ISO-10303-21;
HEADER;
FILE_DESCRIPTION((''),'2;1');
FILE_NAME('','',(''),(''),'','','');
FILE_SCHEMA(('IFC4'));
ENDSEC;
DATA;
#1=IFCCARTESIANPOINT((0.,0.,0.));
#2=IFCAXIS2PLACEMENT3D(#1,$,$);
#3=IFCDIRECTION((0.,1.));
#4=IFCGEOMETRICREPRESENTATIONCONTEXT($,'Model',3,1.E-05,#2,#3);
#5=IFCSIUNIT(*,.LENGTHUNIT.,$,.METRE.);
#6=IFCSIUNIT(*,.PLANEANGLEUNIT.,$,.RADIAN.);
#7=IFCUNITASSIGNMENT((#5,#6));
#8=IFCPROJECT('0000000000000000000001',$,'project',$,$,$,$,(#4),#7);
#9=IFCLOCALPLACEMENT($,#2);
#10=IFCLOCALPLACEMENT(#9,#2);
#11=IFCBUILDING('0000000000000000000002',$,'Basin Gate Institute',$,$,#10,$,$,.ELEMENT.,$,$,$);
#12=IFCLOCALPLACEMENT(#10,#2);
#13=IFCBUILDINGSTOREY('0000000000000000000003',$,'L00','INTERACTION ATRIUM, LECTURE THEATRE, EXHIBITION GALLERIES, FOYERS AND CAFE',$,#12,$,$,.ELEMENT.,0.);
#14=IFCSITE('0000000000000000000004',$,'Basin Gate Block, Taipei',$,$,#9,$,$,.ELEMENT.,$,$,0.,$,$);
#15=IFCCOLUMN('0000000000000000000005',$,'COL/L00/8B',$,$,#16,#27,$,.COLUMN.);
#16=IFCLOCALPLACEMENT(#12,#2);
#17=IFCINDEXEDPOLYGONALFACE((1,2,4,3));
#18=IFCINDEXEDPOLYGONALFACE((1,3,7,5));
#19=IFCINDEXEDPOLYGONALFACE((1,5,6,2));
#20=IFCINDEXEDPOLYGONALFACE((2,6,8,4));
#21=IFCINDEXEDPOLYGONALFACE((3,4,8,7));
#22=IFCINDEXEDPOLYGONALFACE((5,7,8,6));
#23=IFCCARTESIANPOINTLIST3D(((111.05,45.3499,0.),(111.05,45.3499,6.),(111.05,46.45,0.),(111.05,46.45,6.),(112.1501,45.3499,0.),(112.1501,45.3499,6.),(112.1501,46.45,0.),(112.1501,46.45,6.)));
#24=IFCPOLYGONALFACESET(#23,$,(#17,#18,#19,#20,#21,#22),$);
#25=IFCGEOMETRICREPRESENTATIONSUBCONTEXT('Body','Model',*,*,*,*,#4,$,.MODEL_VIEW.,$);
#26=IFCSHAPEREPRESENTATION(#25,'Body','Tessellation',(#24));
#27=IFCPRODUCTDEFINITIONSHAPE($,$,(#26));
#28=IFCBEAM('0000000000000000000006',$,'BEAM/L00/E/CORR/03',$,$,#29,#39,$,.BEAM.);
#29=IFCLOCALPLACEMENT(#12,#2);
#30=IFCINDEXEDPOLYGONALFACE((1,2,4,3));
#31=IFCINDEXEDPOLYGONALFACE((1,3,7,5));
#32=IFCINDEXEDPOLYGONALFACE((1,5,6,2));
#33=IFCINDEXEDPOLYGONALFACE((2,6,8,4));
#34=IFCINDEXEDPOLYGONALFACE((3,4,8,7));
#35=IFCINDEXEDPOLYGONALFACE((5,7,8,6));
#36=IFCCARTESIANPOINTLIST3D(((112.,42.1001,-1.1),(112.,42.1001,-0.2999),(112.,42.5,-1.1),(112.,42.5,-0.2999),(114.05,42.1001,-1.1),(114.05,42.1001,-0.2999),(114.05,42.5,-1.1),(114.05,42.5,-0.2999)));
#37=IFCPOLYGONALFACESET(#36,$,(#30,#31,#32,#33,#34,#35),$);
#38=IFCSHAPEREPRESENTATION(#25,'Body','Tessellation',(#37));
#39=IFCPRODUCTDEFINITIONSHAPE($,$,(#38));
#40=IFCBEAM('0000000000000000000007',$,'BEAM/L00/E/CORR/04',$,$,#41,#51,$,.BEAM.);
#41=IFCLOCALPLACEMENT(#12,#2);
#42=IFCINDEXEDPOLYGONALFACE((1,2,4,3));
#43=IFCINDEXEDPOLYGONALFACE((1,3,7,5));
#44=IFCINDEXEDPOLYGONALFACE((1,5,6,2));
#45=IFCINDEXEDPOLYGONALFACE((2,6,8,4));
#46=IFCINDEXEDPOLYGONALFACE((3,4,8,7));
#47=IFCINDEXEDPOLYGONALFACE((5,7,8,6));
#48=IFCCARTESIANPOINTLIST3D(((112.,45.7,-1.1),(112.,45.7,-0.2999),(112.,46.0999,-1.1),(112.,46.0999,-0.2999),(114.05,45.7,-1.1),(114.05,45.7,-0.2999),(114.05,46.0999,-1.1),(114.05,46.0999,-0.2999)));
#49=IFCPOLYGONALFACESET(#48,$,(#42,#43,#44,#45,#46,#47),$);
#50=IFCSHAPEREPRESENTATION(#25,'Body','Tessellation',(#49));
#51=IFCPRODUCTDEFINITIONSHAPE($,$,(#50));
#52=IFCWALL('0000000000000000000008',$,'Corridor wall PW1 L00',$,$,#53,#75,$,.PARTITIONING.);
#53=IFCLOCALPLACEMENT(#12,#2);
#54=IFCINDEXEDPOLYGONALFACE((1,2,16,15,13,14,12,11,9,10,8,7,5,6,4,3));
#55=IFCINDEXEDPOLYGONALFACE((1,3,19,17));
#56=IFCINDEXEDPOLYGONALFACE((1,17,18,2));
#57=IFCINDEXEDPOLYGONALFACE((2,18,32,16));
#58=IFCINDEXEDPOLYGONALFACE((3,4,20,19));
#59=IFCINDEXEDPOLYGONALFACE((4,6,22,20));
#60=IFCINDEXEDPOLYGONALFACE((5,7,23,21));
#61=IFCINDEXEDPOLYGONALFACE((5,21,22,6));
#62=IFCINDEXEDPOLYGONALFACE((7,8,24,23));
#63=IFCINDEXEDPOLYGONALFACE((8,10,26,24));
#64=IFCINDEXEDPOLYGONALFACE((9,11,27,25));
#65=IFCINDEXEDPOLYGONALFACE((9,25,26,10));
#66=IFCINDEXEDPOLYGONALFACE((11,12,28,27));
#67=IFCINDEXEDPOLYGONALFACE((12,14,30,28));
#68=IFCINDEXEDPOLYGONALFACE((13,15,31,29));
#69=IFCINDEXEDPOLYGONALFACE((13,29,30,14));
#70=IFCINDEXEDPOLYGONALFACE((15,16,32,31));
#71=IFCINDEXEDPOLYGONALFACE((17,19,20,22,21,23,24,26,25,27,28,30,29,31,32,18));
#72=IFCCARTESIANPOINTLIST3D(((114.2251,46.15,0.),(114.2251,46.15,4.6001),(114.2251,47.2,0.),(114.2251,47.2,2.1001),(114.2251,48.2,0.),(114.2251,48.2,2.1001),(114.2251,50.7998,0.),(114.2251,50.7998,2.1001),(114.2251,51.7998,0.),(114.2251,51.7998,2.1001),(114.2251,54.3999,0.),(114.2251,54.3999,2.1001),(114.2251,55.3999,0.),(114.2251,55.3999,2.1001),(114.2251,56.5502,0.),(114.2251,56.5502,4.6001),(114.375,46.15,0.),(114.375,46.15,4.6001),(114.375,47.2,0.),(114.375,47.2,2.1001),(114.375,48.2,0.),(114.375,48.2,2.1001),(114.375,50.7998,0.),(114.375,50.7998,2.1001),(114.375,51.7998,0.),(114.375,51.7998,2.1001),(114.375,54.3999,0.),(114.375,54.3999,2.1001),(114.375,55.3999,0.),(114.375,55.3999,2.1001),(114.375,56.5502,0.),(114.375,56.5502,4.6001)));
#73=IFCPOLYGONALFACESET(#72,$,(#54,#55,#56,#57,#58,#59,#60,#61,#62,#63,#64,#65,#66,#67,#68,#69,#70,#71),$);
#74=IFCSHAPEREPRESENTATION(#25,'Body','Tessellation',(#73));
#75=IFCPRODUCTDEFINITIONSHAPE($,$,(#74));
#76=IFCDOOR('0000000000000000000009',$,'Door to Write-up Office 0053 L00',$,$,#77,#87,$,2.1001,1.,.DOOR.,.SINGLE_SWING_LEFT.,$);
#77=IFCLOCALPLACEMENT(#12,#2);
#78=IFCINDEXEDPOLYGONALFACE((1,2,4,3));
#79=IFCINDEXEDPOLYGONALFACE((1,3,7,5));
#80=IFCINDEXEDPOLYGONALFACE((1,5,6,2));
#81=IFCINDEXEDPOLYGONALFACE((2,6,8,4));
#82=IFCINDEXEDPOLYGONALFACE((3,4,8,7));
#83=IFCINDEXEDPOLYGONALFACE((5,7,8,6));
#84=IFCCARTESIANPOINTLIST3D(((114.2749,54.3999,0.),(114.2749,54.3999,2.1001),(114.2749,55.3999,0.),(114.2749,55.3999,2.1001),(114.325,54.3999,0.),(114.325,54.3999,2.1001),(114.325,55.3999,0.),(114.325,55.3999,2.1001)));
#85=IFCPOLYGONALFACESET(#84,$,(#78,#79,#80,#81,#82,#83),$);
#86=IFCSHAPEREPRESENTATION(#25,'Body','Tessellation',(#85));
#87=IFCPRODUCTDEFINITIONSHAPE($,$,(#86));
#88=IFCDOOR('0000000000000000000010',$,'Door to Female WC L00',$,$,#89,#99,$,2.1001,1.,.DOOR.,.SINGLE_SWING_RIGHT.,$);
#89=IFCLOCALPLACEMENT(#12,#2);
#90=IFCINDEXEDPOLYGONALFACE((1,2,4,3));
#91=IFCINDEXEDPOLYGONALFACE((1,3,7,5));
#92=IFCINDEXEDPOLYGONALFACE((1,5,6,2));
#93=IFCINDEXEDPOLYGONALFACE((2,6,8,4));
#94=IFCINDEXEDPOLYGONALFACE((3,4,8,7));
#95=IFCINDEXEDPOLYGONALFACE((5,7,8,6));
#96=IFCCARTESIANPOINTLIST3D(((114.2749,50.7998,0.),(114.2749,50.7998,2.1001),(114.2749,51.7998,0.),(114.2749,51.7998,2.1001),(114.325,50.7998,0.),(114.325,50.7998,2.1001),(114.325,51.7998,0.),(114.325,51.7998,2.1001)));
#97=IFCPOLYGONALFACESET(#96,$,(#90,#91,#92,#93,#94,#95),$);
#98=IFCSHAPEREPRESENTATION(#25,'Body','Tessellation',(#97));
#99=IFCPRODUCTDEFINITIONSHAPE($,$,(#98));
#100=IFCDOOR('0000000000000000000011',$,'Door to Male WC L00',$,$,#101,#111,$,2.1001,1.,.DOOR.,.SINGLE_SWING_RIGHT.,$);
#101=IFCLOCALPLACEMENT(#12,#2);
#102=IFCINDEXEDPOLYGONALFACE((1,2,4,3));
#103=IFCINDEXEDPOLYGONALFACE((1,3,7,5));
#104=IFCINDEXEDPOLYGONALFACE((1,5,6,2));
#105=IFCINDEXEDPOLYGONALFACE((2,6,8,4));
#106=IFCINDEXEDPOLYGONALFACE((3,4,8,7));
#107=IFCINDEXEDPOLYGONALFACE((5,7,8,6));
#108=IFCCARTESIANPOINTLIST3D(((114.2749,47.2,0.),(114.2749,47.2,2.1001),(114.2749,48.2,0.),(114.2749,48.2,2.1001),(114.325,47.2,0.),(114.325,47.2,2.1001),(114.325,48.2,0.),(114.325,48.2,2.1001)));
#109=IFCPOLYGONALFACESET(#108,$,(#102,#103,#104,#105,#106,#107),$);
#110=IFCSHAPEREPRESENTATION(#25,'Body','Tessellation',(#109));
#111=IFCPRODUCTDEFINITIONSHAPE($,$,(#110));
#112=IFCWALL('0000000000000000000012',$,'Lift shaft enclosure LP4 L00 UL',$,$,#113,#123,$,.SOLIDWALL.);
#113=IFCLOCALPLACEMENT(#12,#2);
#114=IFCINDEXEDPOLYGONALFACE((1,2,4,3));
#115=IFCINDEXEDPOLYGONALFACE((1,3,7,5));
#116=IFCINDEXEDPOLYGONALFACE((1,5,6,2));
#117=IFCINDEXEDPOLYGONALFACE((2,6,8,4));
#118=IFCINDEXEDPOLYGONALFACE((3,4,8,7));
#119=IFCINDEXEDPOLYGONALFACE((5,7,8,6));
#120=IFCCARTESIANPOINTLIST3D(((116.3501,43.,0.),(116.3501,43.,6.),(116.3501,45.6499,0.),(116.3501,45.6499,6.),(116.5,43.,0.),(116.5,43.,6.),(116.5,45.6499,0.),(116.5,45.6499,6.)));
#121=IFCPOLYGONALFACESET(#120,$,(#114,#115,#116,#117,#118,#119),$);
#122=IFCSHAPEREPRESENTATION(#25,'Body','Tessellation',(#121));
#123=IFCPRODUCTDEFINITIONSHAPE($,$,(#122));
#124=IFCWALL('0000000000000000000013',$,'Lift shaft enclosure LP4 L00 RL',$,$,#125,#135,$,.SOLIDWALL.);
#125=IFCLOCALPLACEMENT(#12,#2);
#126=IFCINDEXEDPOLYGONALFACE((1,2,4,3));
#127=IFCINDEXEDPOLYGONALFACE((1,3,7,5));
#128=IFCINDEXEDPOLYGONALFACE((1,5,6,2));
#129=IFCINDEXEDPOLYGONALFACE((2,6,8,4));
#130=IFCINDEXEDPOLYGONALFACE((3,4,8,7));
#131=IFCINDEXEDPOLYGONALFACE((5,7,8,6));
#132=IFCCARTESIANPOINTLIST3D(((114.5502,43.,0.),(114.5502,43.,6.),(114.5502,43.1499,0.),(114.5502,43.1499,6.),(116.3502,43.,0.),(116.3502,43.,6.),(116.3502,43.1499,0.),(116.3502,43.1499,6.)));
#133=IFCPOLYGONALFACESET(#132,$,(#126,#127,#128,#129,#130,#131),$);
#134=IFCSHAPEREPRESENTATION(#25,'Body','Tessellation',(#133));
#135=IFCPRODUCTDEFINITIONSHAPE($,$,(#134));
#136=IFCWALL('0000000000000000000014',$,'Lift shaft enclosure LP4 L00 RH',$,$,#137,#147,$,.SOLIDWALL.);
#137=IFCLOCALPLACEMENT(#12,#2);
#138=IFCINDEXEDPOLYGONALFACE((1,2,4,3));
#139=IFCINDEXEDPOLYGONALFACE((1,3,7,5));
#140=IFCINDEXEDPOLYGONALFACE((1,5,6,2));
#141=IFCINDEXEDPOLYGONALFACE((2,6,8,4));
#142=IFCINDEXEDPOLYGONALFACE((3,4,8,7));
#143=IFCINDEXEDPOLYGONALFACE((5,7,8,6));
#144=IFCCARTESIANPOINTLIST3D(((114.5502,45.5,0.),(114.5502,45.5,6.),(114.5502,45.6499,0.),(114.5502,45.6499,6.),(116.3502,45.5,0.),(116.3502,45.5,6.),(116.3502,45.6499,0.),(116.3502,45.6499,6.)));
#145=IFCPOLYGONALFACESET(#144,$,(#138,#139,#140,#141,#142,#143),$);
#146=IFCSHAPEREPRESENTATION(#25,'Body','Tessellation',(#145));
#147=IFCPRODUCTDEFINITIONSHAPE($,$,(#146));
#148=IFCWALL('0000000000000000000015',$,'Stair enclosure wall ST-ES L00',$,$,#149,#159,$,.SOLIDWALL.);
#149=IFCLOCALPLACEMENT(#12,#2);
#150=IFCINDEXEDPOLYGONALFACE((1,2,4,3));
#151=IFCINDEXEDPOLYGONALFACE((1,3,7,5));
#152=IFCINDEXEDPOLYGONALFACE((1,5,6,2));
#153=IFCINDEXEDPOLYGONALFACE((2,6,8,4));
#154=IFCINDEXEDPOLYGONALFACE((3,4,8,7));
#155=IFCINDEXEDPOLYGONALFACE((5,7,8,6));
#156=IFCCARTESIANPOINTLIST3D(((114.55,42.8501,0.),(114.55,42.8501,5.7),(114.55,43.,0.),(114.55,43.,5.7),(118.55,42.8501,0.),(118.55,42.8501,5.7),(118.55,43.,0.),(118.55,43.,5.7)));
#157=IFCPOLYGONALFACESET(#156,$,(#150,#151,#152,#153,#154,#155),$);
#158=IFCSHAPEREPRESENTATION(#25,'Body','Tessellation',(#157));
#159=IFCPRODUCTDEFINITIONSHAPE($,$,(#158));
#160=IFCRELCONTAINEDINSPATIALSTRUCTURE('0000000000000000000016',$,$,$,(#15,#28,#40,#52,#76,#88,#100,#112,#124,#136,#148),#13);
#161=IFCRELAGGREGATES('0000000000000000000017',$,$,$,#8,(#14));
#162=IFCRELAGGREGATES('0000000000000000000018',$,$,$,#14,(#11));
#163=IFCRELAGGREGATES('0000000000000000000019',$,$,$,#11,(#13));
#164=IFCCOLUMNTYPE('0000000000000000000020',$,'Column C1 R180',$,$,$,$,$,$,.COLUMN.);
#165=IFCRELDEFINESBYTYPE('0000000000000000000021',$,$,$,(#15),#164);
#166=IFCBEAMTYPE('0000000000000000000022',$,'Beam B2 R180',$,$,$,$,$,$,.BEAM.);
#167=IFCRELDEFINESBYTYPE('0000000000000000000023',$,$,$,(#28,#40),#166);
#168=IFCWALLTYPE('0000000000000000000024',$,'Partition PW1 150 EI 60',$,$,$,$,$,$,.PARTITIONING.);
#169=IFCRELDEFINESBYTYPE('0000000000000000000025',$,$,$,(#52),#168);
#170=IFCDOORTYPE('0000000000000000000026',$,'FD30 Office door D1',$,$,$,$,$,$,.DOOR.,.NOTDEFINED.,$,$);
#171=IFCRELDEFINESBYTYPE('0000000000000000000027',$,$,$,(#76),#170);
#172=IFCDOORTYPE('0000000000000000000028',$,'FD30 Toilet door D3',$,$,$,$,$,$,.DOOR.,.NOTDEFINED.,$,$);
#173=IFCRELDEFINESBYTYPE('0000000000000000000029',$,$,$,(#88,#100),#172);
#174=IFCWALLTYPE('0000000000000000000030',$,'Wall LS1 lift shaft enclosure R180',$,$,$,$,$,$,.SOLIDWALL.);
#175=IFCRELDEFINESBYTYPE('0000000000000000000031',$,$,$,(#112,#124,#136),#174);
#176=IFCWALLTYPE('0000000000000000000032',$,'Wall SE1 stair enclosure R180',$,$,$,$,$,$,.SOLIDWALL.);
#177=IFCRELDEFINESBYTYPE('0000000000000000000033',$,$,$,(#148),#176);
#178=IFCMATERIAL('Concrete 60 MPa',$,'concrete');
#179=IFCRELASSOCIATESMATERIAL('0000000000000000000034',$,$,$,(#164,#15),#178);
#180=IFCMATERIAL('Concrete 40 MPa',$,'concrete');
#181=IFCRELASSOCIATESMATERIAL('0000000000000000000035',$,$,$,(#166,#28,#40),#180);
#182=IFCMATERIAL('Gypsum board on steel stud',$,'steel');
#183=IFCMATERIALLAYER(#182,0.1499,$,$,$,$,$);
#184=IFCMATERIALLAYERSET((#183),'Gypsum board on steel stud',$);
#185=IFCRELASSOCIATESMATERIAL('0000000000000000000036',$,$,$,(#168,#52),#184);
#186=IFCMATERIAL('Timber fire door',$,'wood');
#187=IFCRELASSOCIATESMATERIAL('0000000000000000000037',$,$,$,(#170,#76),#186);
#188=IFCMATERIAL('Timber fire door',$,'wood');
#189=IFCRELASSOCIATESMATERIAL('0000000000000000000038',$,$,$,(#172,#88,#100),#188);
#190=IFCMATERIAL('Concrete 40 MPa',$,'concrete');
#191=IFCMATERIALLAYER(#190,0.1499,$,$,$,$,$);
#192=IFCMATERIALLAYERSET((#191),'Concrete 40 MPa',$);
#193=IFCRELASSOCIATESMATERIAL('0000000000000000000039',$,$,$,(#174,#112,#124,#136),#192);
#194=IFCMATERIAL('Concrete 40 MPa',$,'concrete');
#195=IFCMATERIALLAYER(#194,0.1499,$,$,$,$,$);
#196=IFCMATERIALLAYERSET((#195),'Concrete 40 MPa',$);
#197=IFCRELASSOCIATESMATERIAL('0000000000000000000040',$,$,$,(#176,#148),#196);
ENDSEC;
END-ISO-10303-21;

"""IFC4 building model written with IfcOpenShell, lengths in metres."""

from ifc_helpers import new_model, si_unit, direction, frame, frame_2d, origin, origin_2d, place, context, subcontext, project, spatial, rectangle, extrude, material, layer, layer_set, material_profile, profile_set, type_object, element, fill, save


model = new_model("IFC4")

# Units and contexts
model_context = context("Model", 3, precision=1e-05, world=origin(), true_north=direction((0.0, 1.0)))
body_context = subcontext(model_context, "Body", "Model", "MODEL_VIEW")
ifc_project = project(units=[si_unit("LENGTHUNIT", "METRE"), si_unit("PLANEANGLEUNIT", "RADIAN")], contexts=[model_context])

# Site, building, storey
site_placement = place(None, origin())
site = spatial("IfcSite", under=ifc_project, at=site_placement, Name="Basin Gate Block, Taipei", CompositionType="ELEMENT", RefElevation=0.0)
building_placement = place(site_placement, origin())
building = spatial("IfcBuilding", under=site, at=building_placement, Name="Basin Gate Institute", CompositionType="ELEMENT")
storey_placement = place(building_placement, origin())
storey = spatial("IfcBuildingStorey", under=building, at=storey_placement, Name="L00", Description="INTERACTION ATRIUM, LECTURE THEATRE, EXHIBITION GALLERIES, FOYERS AND CAFE", CompositionType="ELEMENT", Elevation=0.0)

# Column
ifc_material_1 = material(Name="Concrete 60 MPa", Category="concrete")
ifc_material_profile_1 = material_profile(ifc_material_1, rectangle(XDim=1.1001, YDim=1.1001, at=origin_2d()), Name="Column C1 1100 x 1100")
ifc_profile_set_1 = profile_set([ifc_material_profile_1], Name="Concrete 60 MPa")
column_type = type_object("IfcColumnType", Name="Column C1 R180", PredefinedType="COLUMN", material=ifc_profile_set_1)
column_placement = place(storey_placement, frame((111.6001, 45.8999, 0.0), z_axis=(0.0, 0.0, 1.0), x_axis=(1.0, 0.0, 0.0)))
element("IfcColumn", 1, at=column_placement, inside=storey, type_object=column_type, material=ifc_profile_set_1, Name="COL/L00/8B", PredefinedType="COLUMN", context=body_context, shape_type="SweptSolid", body=[
    extrude(rectangle(XDim=1.1001, YDim=1.1001, at=origin_2d()), origin(), (0.0, 0.0, 1.0), 6.0),
])

# Beams
ifc_material_2 = material(Name="Concrete 40 MPa", Category="concrete")
ifc_material_profile_2 = material_profile(ifc_material_2, rectangle(XDim=0.3999, YDim=0.8, at=origin_2d()), Name="Beam B2 400 x 800")
ifc_profile_set_2 = profile_set([ifc_material_profile_2], Name="Concrete 40 MPa")
beam_type = type_object("IfcBeamType", Name="Beam B2 R180", PredefinedType="BEAM", material=ifc_profile_set_2)
for number, where, z_axis, x_axis, name in (
    (2, (114.05, 42.3, -0.7), (-1.0, 0.0, 0.0), (0.0, -1.0, 0.0), "BEAM/L00/E/CORR/03"),
    (3, (114.05, 45.8999, -0.7), (-1.0, 0.0, 0.0), (0.0, -1.0, 0.0), "BEAM/L00/E/CORR/04"),
):
    element("IfcBeam", number, at=place(storey_placement, frame(where, z_axis=z_axis, x_axis=x_axis)), inside=storey, type_object=beam_type, material=ifc_profile_set_2, Name=name, PredefinedType="BEAM", context=body_context, shape_type="SweptSolid", body=[
        extrude(rectangle(XDim=0.3999, YDim=0.8, at=origin_2d()), origin(), (0.0, 0.0, 1.0), 2.05),
    ])

# Wall, openings, doors
ifc_material_3 = material(Name="Gypsum board on steel stud", Category="steel")
ifc_layer_1 = layer(ifc_material_3, 0.1499)
ifc_layer_set_1 = layer_set([ifc_layer_1], Name="Gypsum board on steel stud")
wall_type_1 = type_object("IfcWallType", Name="Partition PW1 150 EI 60", PredefinedType="PARTITIONING", material=ifc_layer_set_1)
wall_1_placement = place(storey_placement, frame((114.3, 46.1499, 0.0), z_axis=(0.0, 0.0, 1.0), x_axis=(0.0, 1.0, 0.0)))
wall_1 = element("IfcWall", 4, at=wall_1_placement, inside=storey, type_object=wall_type_1, material=ifc_layer_set_1, Name="Corridor wall PW1 L00", PredefinedType="PARTITIONING", context=body_context, shape_type="SweptSolid", body=[
    extrude(rectangle(XDim=10.4001, YDim=0.1499, at=frame_2d((5.2002, 0.0))), origin(), (0.0, 0.0, 1.0), 4.6001),
])
opening_1_placement = place(wall_1_placement, frame((4.6499, 0.0, 0.0)))
opening_1 = element("IfcOpeningElement", 5, at=opening_1_placement, cuts=wall_1, PredefinedType="OPENING", context=body_context, shape_type="SweptSolid", body=[
    extrude(rectangle(XDim=1.0, YDim=2.1001, at=frame_2d((0.5, 1.05))), frame((0.0, 0.085, 0.0), z_axis=(0.0, -1.0, 0.0), x_axis=(1.0, 0.0, 0.0)), (0.0, 0.0, 1.0), 0.1699),
])
opening_2_placement = place(wall_1_placement, frame((1.05, 0.0, 0.0)))
opening_2 = element("IfcOpeningElement", 6, at=opening_2_placement, cuts=wall_1, PredefinedType="OPENING", context=body_context, shape_type="SweptSolid", body=[
    extrude(rectangle(XDim=1.0, YDim=2.1001, at=frame_2d((0.5, 1.05))), frame((0.0, 0.085, 0.0), z_axis=(0.0, -1.0, 0.0), x_axis=(1.0, 0.0, 0.0)), (0.0, 0.0, 1.0), 0.1699),
])
opening_3_placement = place(wall_1_placement, frame((8.25, 0.0, 0.0)))
opening_3 = element("IfcOpeningElement", 7, at=opening_3_placement, cuts=wall_1, PredefinedType="OPENING", context=body_context, shape_type="SweptSolid", body=[
    extrude(rectangle(XDim=1.0, YDim=2.1001, at=frame_2d((0.5, 1.05))), frame((0.0, 0.085, 0.0), z_axis=(0.0, -1.0, 0.0), x_axis=(1.0, 0.0, 0.0)), (0.0, 0.0, 1.0), 0.1699),
])
ifc_material_4 = material(Name="Timber fire door", Category="wood")
door_type_1 = type_object("IfcDoorType", Name="FD30 Office door D1", OperationType="NOTDEFINED", PredefinedType="DOOR", material=ifc_material_4)
door_1_placement = place(opening_3_placement, frame((1.0, 0.0, 0.0), z_axis=(0.0, 0.0, 1.0), x_axis=(-1.0, 0.0, 0.0)))
door_1 = element("IfcDoor", 8, at=door_1_placement, inside=storey, type_object=door_type_1, material=ifc_material_4, Name="Door to Write-up Office 0053 L00", OperationType="SINGLE_SWING_LEFT", OverallHeight=2.1001, OverallWidth=1.0, PredefinedType="DOOR", context=body_context, shape_type="SweptSolid", body=[
    extrude(rectangle(XDim=1.0, YDim=2.1001, at=frame_2d((0.5, 1.05))), frame((0.0, 0.0249, 0.0), z_axis=(0.0, -1.0, 0.0), x_axis=(1.0, 0.0, 0.0)), (0.0, 0.0, 1.0), 0.05),
])
fill(opening_3, door_1)
ifc_material_5 = material(Name="Timber fire door", Category="wood")
door_type_2 = type_object("IfcDoorType", Name="FD30 Toilet door D3", OperationType="NOTDEFINED", PredefinedType="DOOR", material=ifc_material_5)
door_2_placement = place(opening_1_placement, frame((1.0, 0.0, 0.0), z_axis=(0.0, 0.0, 1.0), x_axis=(-1.0, 0.0, 0.0)))
door_2 = element("IfcDoor", 9, at=door_2_placement, inside=storey, type_object=door_type_2, material=ifc_material_5, Name="Door to Female WC L00", OperationType="SINGLE_SWING_RIGHT", OverallHeight=2.1001, OverallWidth=1.0, PredefinedType="DOOR", context=body_context, shape_type="SweptSolid", body=[
    extrude(rectangle(XDim=1.0, YDim=2.1001, at=frame_2d((0.5, 1.05))), frame((0.0, 0.0249, 0.0), z_axis=(0.0, -1.0, 0.0), x_axis=(1.0, 0.0, 0.0)), (0.0, 0.0, 1.0), 0.05),
])
fill(opening_1, door_2)
door_3_placement = place(opening_2_placement, frame((1.0, 0.0, 0.0), z_axis=(0.0, 0.0, 1.0), x_axis=(-1.0, 0.0, 0.0)))
door_3 = element("IfcDoor", 10, at=door_3_placement, inside=storey, type_object=door_type_2, material=ifc_material_5, Name="Door to Male WC L00", OperationType="SINGLE_SWING_RIGHT", OverallHeight=2.1001, OverallWidth=1.0, PredefinedType="DOOR", context=body_context, shape_type="SweptSolid", body=[
    extrude(rectangle(XDim=1.0, YDim=2.1001, at=frame_2d((0.5, 1.05))), frame((0.0, 0.0249, 0.0), z_axis=(0.0, -1.0, 0.0), x_axis=(1.0, 0.0, 0.0)), (0.0, 0.0, 1.0), 0.05),
])
fill(opening_2, door_3)

# Walls
ifc_material_6 = material(Name="Concrete 40 MPa", Category="concrete")
ifc_layer_2 = layer(ifc_material_6, 0.1499)
ifc_layer_set_2 = layer_set([ifc_layer_2], Name="Concrete 40 MPa")
wall_type_2 = type_object("IfcWallType", Name="Wall LS1 lift shaft enclosure R180", PredefinedType="SOLIDWALL", material=ifc_layer_set_2)
wall_2_placement = place(storey_placement, frame((116.425, 43.0, 0.0), z_axis=(0.0, 0.0, 1.0), x_axis=(0.0, 1.0, 0.0)))
element("IfcWall", 11, at=wall_2_placement, inside=storey, type_object=wall_type_2, material=ifc_layer_set_2, Name="Lift shaft enclosure LP4 L00 UL", PredefinedType="SOLIDWALL", context=body_context, shape_type="SweptSolid", body=[
    extrude(rectangle(XDim=2.6499, YDim=0.1499, at=frame_2d((1.325, 0.0))), origin(), (0.0, 0.0, 1.0), 6.0),
])
for number, where, z_axis, x_axis, name in (
    (12, (116.3501, 43.075, 0.0), (0.0, 0.0, 1.0), (-1.0, 0.0, 0.0), "Lift shaft enclosure LP4 L00 RL"),
    (13, (116.3501, 45.575, 0.0), (0.0, 0.0, 1.0), (-1.0, 0.0, 0.0), "Lift shaft enclosure LP4 L00 RH"),
):
    element("IfcWall", number, at=place(storey_placement, frame(where, z_axis=z_axis, x_axis=x_axis)), inside=storey, type_object=wall_type_2, material=ifc_layer_set_2, Name=name, PredefinedType="SOLIDWALL", context=body_context, shape_type="SweptSolid", body=[
        extrude(rectangle(XDim=1.8, YDim=0.1499, at=frame_2d((0.8999, 0.0))), origin(), (0.0, 0.0, 1.0), 6.0),
    ])
ifc_material_7 = material(Name="Concrete 40 MPa", Category="concrete")
ifc_layer_3 = layer(ifc_material_7, 0.1499)
ifc_layer_set_3 = layer_set([ifc_layer_3], Name="Concrete 40 MPa")
wall_type_3 = type_object("IfcWallType", Name="Wall SE1 stair enclosure R180", PredefinedType="SOLIDWALL", material=ifc_layer_set_3)
wall_3_placement = place(storey_placement, frame((118.55, 42.925, 0.0), z_axis=(0.0, 0.0, 1.0), x_axis=(-1.0, 0.0, 0.0)))
element("IfcWall", 14, at=wall_3_placement, inside=storey, type_object=wall_type_3, material=ifc_layer_set_3, Name="Stair enclosure wall ST-ES L00", PredefinedType="SOLIDWALL", context=body_context, shape_type="SweptSolid", body=[
    extrude(rectangle(XDim=4.0, YDim=0.1499, at=frame_2d((2.0, 0.0))), origin(), (0.0, 0.0, 1.0), 5.7),
])

save(model, "model.ifc")
